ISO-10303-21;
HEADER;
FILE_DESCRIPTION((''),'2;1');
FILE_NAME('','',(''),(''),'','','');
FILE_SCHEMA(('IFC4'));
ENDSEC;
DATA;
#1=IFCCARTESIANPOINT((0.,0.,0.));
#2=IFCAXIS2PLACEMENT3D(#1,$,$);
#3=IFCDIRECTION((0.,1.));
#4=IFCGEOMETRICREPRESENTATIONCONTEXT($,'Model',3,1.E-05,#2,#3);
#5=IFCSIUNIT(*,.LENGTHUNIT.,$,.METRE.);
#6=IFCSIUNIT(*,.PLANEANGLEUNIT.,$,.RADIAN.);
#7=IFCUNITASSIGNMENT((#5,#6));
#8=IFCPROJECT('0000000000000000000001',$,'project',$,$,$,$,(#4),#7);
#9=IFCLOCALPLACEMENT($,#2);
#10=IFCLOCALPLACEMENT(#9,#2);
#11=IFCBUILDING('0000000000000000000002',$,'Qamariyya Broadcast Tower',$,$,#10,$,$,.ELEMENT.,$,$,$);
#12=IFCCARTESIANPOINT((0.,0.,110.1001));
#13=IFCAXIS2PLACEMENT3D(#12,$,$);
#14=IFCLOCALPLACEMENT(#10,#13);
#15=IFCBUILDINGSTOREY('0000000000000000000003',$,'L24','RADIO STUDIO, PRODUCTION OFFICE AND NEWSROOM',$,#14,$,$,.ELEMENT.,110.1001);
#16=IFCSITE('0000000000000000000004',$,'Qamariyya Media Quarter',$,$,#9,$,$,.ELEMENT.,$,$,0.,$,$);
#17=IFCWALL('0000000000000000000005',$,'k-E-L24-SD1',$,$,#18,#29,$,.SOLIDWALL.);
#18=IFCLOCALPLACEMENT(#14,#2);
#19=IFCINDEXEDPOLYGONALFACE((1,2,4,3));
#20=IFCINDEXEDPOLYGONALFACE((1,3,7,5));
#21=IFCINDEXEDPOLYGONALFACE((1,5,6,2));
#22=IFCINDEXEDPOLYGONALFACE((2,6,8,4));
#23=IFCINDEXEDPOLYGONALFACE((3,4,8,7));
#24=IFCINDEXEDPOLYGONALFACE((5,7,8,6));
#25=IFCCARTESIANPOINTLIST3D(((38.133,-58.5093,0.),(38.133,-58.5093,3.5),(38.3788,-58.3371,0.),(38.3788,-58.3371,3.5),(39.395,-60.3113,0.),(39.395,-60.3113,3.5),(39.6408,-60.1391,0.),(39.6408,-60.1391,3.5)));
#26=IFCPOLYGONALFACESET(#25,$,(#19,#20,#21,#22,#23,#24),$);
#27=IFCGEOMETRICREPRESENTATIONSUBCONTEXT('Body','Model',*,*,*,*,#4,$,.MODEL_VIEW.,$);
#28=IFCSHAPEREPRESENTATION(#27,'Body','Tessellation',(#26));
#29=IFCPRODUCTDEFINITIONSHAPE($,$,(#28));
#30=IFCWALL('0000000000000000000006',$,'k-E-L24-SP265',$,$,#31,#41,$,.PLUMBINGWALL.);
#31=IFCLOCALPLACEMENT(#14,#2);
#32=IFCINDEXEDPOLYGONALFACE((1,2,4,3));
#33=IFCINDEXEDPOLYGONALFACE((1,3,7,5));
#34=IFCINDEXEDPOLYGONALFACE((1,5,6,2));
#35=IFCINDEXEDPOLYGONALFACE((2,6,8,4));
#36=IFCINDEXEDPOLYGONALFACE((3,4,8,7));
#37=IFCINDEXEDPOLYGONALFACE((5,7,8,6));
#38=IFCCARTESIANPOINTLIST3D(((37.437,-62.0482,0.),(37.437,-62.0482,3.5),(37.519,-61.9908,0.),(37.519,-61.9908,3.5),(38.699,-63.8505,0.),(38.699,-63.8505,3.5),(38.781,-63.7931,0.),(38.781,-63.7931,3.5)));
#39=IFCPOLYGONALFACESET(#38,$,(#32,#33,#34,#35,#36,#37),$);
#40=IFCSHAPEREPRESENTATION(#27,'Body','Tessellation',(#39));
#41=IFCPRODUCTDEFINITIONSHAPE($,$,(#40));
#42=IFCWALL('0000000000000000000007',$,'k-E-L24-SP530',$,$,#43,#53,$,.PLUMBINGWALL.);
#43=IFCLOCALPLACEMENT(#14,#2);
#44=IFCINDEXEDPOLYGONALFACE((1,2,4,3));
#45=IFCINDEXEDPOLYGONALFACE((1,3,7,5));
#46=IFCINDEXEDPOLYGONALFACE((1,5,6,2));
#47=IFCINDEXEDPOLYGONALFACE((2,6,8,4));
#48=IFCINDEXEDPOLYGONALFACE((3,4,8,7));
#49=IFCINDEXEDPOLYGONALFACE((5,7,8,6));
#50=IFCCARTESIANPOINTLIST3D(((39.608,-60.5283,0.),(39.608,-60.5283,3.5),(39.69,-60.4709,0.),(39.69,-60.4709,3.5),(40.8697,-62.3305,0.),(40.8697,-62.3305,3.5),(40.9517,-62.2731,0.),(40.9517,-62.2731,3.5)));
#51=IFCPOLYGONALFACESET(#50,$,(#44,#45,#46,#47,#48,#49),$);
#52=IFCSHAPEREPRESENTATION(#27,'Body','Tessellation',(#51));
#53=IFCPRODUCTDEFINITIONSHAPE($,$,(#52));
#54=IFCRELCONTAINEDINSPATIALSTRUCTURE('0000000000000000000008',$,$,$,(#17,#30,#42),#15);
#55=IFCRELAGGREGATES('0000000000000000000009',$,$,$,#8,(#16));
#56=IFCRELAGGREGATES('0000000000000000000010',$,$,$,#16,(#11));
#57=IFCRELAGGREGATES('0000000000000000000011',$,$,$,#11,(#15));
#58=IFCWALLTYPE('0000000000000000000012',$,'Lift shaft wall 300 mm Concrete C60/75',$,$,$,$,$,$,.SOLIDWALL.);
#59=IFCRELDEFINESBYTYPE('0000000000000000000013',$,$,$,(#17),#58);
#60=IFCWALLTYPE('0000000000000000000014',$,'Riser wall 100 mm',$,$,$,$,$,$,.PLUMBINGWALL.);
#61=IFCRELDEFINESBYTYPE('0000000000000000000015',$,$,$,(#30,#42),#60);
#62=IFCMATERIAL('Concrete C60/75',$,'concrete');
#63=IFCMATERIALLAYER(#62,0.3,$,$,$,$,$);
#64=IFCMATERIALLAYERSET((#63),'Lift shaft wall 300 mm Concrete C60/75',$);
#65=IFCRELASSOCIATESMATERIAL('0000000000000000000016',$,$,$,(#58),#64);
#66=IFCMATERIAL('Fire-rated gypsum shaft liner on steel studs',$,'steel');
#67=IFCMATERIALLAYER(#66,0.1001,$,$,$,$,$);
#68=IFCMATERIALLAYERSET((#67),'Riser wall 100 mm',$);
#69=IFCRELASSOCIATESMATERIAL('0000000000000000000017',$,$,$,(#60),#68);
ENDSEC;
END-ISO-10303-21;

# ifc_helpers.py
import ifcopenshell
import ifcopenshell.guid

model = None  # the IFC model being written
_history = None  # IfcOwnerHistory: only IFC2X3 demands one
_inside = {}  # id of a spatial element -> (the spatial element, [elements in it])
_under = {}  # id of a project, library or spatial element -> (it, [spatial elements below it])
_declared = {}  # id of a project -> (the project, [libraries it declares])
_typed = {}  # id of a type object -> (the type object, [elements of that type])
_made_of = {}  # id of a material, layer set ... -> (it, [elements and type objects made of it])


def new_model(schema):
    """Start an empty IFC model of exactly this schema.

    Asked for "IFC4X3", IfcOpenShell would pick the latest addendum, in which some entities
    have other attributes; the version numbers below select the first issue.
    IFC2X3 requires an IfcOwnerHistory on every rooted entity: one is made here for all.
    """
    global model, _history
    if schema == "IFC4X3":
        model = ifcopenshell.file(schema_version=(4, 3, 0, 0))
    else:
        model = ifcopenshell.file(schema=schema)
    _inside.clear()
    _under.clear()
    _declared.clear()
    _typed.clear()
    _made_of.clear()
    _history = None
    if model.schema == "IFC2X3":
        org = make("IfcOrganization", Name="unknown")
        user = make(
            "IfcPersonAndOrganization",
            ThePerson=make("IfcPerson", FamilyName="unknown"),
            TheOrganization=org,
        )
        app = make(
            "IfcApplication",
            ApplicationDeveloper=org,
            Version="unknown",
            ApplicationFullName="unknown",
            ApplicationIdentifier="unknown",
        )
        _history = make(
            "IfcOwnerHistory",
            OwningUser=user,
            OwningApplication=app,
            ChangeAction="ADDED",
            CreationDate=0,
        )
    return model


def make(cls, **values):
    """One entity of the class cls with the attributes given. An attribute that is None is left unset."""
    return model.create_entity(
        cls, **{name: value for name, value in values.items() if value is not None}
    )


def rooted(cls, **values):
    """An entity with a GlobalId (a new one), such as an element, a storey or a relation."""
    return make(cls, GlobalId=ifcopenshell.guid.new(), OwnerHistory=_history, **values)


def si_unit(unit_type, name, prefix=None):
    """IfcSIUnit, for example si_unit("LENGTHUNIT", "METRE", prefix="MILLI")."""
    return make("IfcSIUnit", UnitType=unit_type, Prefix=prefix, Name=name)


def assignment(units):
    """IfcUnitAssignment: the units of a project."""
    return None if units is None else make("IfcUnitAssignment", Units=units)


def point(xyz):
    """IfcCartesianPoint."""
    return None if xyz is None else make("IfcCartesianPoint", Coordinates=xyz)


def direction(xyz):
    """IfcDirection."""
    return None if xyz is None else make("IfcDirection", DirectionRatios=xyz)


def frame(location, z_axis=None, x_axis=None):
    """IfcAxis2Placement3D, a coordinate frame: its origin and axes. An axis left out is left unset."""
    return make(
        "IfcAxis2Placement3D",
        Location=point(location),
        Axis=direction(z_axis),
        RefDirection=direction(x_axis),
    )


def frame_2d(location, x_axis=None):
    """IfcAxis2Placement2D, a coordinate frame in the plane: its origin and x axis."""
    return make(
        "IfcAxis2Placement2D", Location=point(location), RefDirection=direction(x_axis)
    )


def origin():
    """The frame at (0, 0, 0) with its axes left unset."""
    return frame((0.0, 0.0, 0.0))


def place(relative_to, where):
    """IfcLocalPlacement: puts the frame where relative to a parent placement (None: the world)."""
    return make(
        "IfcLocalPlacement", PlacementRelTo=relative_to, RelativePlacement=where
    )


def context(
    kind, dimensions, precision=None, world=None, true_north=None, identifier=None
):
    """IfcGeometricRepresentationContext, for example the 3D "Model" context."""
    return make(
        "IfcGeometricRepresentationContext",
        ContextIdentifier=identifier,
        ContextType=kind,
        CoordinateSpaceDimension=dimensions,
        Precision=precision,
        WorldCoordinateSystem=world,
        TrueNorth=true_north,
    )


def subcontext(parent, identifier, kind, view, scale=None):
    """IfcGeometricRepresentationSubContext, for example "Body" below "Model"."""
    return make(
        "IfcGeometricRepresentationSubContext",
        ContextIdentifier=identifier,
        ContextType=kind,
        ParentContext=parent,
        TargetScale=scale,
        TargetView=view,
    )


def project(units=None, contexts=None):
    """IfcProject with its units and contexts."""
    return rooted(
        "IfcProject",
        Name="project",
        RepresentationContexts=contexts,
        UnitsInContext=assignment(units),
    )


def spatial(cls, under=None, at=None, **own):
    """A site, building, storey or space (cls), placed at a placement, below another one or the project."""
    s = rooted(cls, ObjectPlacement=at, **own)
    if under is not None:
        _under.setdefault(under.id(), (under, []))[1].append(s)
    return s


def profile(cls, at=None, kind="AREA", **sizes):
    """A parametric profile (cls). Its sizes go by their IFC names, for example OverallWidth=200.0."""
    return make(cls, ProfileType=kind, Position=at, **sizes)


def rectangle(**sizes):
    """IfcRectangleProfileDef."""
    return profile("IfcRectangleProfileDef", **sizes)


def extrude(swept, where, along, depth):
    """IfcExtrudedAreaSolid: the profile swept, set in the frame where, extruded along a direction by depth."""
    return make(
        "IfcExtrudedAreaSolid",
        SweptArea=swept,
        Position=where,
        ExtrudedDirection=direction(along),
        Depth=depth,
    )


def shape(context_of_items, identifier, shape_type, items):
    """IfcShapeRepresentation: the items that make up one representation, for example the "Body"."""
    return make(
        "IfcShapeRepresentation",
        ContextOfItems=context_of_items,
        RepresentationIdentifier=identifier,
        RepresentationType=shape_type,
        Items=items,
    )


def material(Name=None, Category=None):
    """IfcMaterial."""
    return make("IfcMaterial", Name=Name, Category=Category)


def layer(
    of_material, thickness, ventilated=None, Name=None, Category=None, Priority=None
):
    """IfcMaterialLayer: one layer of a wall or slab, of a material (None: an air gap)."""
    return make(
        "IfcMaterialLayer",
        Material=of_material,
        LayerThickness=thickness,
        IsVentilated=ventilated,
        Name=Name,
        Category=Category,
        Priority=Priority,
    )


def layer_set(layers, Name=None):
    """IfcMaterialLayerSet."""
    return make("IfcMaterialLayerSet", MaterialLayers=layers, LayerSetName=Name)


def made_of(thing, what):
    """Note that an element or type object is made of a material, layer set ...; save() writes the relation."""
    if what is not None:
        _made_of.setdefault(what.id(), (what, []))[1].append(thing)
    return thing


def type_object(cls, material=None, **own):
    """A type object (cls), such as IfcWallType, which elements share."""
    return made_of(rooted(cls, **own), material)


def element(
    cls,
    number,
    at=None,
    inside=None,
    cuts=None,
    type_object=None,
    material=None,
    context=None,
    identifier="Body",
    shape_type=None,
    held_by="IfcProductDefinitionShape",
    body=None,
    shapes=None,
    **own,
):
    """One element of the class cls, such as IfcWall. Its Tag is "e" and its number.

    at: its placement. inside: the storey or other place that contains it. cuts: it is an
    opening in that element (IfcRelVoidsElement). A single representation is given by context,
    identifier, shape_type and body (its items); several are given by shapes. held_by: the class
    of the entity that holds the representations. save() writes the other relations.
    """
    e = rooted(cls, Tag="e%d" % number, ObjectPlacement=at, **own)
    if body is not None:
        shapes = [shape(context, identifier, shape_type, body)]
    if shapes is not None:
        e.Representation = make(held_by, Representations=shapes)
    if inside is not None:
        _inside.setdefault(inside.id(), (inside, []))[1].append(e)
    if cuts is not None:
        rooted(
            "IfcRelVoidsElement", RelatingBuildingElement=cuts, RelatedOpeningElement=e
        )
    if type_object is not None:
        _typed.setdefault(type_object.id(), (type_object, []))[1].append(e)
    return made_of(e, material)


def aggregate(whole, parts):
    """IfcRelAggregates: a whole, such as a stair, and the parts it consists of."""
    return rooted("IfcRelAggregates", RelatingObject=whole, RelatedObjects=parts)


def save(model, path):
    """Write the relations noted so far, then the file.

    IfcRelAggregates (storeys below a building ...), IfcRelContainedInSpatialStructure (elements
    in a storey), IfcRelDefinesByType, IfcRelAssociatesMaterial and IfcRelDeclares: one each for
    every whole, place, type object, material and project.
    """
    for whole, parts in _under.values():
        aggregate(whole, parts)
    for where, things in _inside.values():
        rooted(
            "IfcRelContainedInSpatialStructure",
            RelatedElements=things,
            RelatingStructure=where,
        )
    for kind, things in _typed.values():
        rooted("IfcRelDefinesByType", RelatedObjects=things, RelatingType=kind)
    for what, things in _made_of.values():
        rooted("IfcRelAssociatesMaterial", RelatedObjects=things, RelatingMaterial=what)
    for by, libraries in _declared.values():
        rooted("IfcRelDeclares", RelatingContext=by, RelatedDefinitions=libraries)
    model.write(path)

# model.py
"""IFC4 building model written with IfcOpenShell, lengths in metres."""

from ifc_helpers import new_model, si_unit, direction, frame, frame_2d, origin, place, context, subcontext, project, spatial, rectangle, extrude, material, layer, layer_set, type_object, element, save


model = new_model("IFC4")

# Units and contexts
model_context = context("Model", 3, precision=1e-05, world=origin(), true_north=direction((0.0, 1.0)))
body_context = subcontext(model_context, "Body", "Model", "MODEL_VIEW")
ifc_project = project(units=[si_unit("LENGTHUNIT", "METRE"), si_unit("PLANEANGLEUNIT", "RADIAN")], contexts=[model_context])

# Site, building, storey
site_placement = place(None, origin())
site = spatial("IfcSite", under=ifc_project, at=site_placement, Name="Qamariyya Media Quarter", CompositionType="ELEMENT", RefElevation=0.0)
building_placement = place(site_placement, origin())
building = spatial("IfcBuilding", under=site, at=building_placement, Name="Qamariyya Broadcast Tower", CompositionType="ELEMENT")
storey_placement = place(building_placement, frame((0.0, 0.0, 110.1001)))
storey = spatial("IfcBuildingStorey", under=building, at=storey_placement, Name="L24", Description="RADIO STUDIO, PRODUCTION OFFICE AND NEWSROOM", CompositionType="ELEMENT", Elevation=110.1001)

# Shared definitions
ifc_material_1 = material(Name="Concrete C60/75", Category="concrete")
ifc_layer_1 = layer(ifc_material_1, 0.3)
ifc_layer_set_1 = layer_set([ifc_layer_1], Name="Lift shaft wall 300 mm Concrete C60/75")
wall_type_1 = type_object("IfcWallType", Name="Lift shaft wall 300 mm Concrete C60/75", PredefinedType="SOLIDWALL", material=ifc_layer_set_1)

# Walls
wall_1_placement = place(storey_placement, frame((38.2559, -58.4231, 0.0), z_axis=(0.0, 0.0, 1.0), x_axis=(0.573634, -0.819112, 0.0)))
element("IfcWall", 1, at=wall_1_placement, inside=storey, type_object=wall_type_1, Name="k-E-L24-SD1", PredefinedType="SOLIDWALL", context=body_context, shape_type="SweptSolid", body=[
    extrude(rectangle(XDim=2.2, YDim=0.3, at=frame_2d((1.1001, 0.0))), origin(), (0.0, 0.0, 1.0), 3.5),
])
ifc_material_2 = material(Name="Fire-rated gypsum shaft liner on steel studs", Category="steel")
ifc_layer_2 = layer(ifc_material_2, 0.1001)
ifc_layer_set_2 = layer_set([ifc_layer_2], Name="Riser wall 100 mm")
wall_type_2 = type_object("IfcWallType", Name="Riser wall 100 mm", PredefinedType="PLUMBINGWALL", material=ifc_layer_set_2)
wall_2_placement = place(storey_placement, frame((37.478, -62.0195, 0.0), z_axis=(0.0, 0.0, 1.0), x_axis=(0.573581, -0.819149, 0.0)))
element("IfcWall", 2, at=wall_2_placement, inside=storey, type_object=wall_type_2, Name="k-E-L24-SP265", PredefinedType="PLUMBINGWALL", context=body_context, shape_type="SweptSolid", body=[
    extrude(rectangle(XDim=2.2002, YDim=0.1001, at=frame_2d((1.1001, 0.0))), origin(), (0.0, 0.0, 1.0), 3.5),
])
wall_3_placement = place(storey_placement, frame((39.6489, -60.4995, 0.0), z_axis=(0.0, 0.0, 1.0), x_axis=(0.573507, -0.819201, 0.0)))
element("IfcWall", 3, at=wall_3_placement, inside=storey, type_object=wall_type_2, Name="k-E-L24-SP530", PredefinedType="PLUMBINGWALL", context=body_context, shape_type="SweptSolid", body=[
    extrude(rectangle(XDim=2.2, YDim=0.1001, at=frame_2d((1.1001, 0.0))), origin(), (0.0, 0.0, 1.0), 3.5),
])

save(model, "model.ifc")
